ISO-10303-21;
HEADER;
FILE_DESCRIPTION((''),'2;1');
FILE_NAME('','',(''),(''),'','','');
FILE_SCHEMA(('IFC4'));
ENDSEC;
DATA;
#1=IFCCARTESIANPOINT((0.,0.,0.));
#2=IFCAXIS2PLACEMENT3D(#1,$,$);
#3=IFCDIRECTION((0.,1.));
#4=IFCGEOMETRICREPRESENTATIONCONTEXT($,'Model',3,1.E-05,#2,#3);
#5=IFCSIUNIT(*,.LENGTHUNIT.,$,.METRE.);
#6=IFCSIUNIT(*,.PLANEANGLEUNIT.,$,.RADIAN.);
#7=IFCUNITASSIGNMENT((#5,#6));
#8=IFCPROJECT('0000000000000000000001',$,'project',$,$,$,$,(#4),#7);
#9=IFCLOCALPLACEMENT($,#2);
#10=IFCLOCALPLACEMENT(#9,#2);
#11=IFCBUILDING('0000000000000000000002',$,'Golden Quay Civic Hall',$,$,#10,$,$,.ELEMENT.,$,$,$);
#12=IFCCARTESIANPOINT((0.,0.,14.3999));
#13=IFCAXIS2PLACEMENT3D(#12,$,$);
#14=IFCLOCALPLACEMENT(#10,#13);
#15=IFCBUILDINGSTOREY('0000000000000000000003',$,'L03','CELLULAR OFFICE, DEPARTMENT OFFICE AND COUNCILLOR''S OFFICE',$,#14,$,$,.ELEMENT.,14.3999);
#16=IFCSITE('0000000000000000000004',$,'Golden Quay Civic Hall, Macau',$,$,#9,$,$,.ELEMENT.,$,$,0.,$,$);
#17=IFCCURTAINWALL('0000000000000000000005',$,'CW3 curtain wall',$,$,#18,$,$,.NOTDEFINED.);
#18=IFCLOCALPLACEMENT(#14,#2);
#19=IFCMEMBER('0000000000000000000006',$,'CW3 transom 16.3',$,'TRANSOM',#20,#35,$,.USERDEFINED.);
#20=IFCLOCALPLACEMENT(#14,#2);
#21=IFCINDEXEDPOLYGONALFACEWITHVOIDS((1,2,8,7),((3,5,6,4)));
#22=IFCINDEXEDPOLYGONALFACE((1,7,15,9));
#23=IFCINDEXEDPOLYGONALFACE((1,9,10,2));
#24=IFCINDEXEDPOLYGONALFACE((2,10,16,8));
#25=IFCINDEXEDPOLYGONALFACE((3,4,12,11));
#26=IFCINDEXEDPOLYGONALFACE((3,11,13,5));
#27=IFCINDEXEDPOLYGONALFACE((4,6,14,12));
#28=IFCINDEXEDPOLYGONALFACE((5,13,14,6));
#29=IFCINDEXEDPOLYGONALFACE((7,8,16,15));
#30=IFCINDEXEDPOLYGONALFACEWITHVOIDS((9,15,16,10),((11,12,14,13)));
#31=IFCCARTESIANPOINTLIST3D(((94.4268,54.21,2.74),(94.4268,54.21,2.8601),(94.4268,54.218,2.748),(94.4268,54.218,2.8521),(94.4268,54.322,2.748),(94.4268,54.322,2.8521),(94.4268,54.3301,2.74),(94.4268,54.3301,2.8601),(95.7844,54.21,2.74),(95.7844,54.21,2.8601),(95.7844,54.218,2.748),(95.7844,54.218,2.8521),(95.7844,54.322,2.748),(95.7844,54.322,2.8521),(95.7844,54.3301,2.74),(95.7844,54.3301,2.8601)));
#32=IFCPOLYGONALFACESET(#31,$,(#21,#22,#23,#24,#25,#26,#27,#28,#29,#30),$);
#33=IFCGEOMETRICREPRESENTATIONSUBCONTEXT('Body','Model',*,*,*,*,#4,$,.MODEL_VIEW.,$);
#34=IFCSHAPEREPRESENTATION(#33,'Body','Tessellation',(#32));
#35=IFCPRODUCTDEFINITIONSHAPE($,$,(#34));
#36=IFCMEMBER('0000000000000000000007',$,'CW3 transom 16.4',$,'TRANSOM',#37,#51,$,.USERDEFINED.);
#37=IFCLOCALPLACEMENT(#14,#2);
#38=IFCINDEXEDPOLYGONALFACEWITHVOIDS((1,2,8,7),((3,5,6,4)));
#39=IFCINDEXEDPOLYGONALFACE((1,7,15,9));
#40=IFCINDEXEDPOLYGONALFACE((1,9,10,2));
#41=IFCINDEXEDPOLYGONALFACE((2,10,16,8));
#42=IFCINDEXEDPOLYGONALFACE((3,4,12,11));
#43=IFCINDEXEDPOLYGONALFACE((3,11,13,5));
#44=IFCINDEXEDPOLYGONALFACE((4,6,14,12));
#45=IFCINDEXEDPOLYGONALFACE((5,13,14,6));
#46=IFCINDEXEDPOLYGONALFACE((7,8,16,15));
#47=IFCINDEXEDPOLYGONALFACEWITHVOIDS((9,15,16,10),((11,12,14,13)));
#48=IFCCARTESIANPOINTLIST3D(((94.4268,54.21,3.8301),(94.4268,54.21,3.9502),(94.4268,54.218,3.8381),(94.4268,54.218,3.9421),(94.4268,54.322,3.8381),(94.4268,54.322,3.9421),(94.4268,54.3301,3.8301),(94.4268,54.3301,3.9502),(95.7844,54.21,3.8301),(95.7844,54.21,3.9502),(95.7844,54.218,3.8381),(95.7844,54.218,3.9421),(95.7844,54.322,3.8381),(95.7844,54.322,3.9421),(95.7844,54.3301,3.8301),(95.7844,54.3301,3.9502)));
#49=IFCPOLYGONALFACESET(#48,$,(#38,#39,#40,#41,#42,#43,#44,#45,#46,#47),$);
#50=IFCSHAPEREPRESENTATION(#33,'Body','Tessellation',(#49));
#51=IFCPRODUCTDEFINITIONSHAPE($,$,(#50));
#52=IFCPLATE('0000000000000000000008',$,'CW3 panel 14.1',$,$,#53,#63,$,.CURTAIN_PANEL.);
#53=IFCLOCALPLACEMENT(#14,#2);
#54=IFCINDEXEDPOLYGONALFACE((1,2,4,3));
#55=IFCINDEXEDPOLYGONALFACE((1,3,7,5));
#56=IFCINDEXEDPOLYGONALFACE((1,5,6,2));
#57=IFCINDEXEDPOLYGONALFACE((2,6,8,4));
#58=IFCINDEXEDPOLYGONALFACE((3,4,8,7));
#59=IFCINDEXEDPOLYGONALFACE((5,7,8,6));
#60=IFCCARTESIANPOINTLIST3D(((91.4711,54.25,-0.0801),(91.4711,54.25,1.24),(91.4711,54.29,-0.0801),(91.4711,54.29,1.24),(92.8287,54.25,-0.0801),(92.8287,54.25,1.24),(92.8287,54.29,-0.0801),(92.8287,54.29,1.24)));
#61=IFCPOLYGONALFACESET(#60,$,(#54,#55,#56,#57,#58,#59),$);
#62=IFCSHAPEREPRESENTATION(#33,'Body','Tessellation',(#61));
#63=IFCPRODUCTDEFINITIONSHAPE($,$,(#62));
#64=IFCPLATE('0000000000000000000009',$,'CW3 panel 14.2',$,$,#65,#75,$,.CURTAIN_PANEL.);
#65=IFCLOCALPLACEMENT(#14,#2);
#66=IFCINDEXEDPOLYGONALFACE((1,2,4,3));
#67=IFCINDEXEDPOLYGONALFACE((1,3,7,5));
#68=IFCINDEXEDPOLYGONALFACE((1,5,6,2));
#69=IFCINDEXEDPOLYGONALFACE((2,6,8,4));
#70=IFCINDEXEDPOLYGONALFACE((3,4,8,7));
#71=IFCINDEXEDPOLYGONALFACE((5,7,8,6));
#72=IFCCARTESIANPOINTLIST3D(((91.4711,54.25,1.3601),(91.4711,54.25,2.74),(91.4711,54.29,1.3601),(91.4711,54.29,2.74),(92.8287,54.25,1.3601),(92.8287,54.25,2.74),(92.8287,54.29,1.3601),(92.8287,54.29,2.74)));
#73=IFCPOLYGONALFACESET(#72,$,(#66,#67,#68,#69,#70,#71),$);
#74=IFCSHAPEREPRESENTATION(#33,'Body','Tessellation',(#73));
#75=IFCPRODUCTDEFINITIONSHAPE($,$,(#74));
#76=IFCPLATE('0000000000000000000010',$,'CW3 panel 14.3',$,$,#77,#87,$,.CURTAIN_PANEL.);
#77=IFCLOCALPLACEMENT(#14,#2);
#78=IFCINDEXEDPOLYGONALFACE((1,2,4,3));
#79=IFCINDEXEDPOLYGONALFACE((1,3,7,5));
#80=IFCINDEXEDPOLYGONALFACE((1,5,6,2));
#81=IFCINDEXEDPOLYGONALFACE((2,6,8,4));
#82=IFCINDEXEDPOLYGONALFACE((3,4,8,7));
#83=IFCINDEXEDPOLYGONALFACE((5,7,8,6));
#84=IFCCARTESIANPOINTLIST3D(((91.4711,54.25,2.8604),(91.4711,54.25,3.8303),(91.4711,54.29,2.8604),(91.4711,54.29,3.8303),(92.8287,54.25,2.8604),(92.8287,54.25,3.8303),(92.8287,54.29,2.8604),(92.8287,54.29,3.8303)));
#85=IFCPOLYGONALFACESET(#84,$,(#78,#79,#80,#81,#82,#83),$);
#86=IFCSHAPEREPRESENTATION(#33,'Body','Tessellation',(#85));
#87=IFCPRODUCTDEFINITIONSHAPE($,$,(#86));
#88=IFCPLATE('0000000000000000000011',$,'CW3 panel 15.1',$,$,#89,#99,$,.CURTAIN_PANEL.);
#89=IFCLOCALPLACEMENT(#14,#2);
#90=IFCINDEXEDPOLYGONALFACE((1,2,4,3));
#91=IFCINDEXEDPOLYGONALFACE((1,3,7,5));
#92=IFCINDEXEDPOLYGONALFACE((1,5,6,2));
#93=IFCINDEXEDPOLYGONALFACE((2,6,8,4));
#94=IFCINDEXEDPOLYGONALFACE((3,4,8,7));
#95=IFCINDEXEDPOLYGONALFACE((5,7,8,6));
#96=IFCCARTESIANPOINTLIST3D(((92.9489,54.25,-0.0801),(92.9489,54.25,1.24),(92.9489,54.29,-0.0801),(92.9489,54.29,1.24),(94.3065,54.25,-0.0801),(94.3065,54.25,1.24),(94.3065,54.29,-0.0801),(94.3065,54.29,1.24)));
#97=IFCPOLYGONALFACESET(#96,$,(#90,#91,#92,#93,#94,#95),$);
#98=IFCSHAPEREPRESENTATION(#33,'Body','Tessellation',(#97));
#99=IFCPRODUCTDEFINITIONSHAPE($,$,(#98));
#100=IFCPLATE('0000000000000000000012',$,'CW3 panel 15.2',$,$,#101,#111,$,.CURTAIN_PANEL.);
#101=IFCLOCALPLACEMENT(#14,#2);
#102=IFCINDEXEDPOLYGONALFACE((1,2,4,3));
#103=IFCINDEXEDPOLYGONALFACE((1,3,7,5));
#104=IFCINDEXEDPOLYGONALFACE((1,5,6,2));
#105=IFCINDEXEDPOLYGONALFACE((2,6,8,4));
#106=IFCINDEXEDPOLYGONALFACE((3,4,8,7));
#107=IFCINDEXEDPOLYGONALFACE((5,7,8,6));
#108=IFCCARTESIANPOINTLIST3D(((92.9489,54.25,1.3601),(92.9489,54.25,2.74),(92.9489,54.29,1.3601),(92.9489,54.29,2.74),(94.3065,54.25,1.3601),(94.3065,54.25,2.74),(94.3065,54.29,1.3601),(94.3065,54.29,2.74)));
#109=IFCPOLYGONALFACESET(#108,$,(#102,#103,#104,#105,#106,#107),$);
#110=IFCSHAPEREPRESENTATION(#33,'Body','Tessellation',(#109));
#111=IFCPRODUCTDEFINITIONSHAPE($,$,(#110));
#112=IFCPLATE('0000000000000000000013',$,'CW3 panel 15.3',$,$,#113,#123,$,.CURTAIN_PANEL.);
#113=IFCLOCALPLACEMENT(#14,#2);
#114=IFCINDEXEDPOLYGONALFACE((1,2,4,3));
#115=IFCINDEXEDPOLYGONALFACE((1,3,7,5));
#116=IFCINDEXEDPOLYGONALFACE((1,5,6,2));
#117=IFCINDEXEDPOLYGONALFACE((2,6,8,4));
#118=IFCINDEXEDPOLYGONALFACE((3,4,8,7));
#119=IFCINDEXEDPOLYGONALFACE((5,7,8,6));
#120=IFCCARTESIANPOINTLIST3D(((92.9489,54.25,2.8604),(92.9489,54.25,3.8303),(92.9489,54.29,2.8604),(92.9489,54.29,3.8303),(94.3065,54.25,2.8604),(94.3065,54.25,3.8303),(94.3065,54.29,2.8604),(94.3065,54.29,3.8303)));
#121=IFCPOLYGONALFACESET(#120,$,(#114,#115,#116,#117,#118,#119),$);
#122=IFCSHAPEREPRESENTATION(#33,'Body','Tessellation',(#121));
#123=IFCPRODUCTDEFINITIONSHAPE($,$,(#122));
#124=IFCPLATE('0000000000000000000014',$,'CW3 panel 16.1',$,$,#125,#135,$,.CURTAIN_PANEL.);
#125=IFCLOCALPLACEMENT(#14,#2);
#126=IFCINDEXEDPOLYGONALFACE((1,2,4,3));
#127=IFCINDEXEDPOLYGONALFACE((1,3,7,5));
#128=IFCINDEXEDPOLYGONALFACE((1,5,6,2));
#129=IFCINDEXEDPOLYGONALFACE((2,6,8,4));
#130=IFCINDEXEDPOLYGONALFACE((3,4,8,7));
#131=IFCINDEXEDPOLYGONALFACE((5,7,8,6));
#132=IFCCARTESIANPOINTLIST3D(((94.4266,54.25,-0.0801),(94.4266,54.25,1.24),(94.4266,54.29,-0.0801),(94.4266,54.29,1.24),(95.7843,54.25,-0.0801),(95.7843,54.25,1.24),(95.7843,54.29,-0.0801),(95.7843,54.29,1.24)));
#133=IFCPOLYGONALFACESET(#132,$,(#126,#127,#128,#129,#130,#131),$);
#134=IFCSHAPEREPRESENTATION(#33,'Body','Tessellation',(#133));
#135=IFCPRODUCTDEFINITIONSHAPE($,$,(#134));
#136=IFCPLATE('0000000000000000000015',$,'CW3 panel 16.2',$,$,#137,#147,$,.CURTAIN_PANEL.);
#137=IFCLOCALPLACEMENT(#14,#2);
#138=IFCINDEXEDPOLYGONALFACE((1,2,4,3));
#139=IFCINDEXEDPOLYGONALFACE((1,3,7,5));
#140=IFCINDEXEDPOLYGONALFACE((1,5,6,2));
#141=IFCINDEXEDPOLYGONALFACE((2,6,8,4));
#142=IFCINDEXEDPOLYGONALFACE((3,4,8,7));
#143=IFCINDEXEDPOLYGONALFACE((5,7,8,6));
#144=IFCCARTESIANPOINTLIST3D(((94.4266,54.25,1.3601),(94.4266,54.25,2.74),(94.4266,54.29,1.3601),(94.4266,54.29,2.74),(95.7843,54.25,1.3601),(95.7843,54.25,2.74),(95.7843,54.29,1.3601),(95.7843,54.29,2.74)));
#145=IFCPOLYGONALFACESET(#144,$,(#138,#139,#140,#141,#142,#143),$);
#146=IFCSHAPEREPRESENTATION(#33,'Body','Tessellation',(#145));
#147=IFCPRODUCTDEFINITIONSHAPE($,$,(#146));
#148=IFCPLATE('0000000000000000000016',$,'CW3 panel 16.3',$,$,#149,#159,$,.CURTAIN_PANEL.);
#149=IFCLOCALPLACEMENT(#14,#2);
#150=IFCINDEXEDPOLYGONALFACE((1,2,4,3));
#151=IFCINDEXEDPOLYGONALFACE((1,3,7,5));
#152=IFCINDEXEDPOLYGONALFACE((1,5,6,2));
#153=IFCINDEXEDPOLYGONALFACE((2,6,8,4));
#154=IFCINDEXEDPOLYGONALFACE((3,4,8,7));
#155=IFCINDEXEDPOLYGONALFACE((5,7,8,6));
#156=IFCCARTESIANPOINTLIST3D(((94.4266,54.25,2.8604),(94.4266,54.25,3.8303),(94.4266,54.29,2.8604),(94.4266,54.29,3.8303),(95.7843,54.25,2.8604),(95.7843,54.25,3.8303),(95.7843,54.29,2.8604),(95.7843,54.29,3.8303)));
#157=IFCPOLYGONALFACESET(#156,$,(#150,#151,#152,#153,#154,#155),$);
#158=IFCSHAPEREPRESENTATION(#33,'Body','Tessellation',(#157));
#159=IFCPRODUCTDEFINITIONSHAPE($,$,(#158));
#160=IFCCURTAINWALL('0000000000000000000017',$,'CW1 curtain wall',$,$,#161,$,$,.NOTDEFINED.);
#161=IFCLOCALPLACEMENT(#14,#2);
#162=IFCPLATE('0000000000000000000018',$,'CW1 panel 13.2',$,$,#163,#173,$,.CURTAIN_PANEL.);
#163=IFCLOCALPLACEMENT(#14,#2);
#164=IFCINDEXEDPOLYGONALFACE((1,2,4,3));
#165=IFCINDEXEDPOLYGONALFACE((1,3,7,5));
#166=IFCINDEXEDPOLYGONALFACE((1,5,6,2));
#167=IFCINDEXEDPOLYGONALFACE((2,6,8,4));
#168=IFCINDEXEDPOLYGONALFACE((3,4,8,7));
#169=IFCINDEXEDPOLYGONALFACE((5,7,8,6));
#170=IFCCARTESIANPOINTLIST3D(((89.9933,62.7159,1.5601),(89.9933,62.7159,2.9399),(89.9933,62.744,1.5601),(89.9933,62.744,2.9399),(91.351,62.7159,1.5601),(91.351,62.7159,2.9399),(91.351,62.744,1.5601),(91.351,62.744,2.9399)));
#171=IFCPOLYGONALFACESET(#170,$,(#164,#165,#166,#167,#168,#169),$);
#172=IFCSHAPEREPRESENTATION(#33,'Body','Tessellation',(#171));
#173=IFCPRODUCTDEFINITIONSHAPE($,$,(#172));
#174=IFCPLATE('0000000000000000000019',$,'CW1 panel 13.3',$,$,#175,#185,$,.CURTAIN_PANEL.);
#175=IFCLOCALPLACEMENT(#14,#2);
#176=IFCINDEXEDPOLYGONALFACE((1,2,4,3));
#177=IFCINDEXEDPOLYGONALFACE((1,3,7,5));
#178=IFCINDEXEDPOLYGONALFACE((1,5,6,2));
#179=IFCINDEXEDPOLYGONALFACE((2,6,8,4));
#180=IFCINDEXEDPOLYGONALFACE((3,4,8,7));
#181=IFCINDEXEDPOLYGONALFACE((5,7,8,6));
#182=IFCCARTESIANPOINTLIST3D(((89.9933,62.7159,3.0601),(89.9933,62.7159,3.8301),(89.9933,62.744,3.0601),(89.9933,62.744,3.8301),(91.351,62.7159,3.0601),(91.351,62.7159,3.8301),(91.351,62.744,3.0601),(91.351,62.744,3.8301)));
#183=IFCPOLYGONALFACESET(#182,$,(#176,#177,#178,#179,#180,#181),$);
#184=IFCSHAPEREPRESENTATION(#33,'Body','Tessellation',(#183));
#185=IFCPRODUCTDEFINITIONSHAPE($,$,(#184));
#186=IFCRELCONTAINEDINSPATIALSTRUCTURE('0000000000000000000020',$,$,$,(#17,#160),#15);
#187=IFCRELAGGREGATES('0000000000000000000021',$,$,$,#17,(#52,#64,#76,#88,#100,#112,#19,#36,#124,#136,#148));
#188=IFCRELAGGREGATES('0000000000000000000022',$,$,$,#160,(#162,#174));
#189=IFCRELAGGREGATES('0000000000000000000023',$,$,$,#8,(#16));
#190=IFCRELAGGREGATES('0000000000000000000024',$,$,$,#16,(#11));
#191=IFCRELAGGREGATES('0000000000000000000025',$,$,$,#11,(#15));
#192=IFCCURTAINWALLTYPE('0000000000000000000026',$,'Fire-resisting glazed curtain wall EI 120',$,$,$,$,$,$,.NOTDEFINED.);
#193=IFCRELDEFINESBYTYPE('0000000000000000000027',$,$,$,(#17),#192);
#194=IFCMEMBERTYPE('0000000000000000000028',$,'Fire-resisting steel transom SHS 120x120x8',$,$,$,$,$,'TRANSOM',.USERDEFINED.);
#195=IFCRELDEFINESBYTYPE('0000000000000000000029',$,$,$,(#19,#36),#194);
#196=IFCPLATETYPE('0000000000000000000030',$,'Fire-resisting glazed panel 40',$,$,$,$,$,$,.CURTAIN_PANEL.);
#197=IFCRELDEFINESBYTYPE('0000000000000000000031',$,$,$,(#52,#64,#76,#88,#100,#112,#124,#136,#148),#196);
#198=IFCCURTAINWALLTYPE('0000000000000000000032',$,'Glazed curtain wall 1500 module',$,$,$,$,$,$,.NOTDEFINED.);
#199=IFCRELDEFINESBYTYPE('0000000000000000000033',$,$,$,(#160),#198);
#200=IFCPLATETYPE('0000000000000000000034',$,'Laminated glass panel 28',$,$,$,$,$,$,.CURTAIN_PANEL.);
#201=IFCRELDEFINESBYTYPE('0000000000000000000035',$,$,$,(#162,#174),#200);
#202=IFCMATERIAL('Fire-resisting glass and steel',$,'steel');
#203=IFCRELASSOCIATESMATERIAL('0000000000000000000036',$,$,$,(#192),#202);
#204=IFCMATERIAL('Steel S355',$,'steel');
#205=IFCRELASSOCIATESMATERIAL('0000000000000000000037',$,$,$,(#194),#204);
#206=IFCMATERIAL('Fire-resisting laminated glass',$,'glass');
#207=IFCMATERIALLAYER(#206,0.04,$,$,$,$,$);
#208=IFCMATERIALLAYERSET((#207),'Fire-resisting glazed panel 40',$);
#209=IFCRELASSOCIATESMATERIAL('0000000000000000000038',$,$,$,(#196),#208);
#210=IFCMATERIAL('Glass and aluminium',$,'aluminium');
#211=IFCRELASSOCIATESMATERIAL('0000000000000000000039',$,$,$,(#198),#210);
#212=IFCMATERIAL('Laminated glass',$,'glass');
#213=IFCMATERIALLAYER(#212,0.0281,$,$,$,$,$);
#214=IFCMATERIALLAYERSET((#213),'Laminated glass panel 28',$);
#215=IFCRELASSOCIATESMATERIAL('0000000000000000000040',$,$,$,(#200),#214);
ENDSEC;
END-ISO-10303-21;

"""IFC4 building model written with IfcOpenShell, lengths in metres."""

from ifc_helpers import new_model, si_unit, direction, frame, origin, origin_2d, place, context, subcontext, project, spatial, rectangle, hollow_rectangle, extrude, material, layer, layer_set, material_profile, profile_set, type_object, element, aggregate, save


model = new_model("IFC4")

# Units and contexts
model_context = context("Model", 3, precision=1e-05, world=origin(), true_north=direction((0.0, 1.0)))
body_context = subcontext(model_context, "Body", "Model", "MODEL_VIEW")
ifc_project = project(units=[si_unit("LENGTHUNIT", "METRE"), si_unit("PLANEANGLEUNIT", "RADIAN")], contexts=[model_context])

# Site, building, storey
site_placement = place(None, origin())
site = spatial("IfcSite", under=ifc_project, at=site_placement, Name="Golden Quay Civic Hall, Macau", CompositionType="ELEMENT", RefElevation=0.0)
building_placement = place(site_placement, origin())
building = spatial("IfcBuilding", under=site, at=building_placement, Name="Golden Quay Civic Hall", CompositionType="ELEMENT")
storey_placement = place(building_placement, frame((0.0, 0.0, 14.3999)))
storey = spatial("IfcBuildingStorey", under=building, at=storey_placement, Name="L03", Description="CELLULAR OFFICE, DEPARTMENT OFFICE AND COUNCILLOR'S OFFICE", CompositionType="ELEMENT", Elevation=14.3999)

# Curtain wall, members, plates
ifc_material_1 = material(Name="Fire-resisting glass and steel", Category="steel")
curtain_wall_type_1 = type_object("IfcCurtainWallType", Name="Fire-resisting glazed curtain wall EI 120", PredefinedType="NOTDEFINED", material=ifc_material_1)
curtain_wall_1_placement = place(storey_placement, origin())
curtain_wall_1 = element("IfcCurtainWall", 1, at=curtain_wall_1_placement, inside=storey, type_object=curtain_wall_type_1, Name="CW3 curtain wall", PredefinedType="NOTDEFINED")
ifc_material_2 = material(Name="Steel S355", Category="steel")
ifc_material_profile_1 = material_profile(ifc_material_2, hollow_rectangle(XDim=0.1201, YDim=0.1201, WallThickness=0.0081, at=origin_2d()), Name="SHS 120x120x8")
ifc_profile_set_1 = profile_set([ifc_material_profile_1], Name="Steel S355")
member_type_1 = type_object("IfcMemberType", Name="Fire-resisting steel transom SHS 120x120x8", ElementType="TRANSOM", PredefinedType="USERDEFINED", material=ifc_profile_set_1)
member_1_placement = place(storey_placement, frame((94.4268, 54.27, 2.8), z_axis=(1.0, 0.0, 0.0), x_axis=(0.0, 1.0, 0.0)))
member_1 = element("IfcMember", 2, at=member_1_placement, type_object=member_type_1, Name="CW3 transom 16.3", ObjectType="TRANSOM", PredefinedType="USERDEFINED", context=body_context, shape_type="SweptSolid", body=[
    extrude(hollow_rectangle(XDim=0.1201, YDim=0.1201, WallThickness=0.0081, at=origin_2d()), origin(), (0.0, 0.0, 1.0), 1.3577),
])
member_2_placement = place(storey_placement, frame((94.4268, 54.27, 3.8901), z_axis=(1.0, 0.0, 0.0), x_axis=(0.0, 1.0, 0.0)))
member_2 = element("IfcMember", 3, at=member_2_placement, type_object=member_type_1, Name="CW3 transom 16.4", ObjectType="TRANSOM", PredefinedType="USERDEFINED", context=body_context, shape_type="SweptSolid", body=[
    extrude(hollow_rectangle(XDim=0.1201, YDim=0.1201, WallThickness=0.0081, at=origin_2d()), origin(), (0.0, 0.0, 1.0), 1.3577),
])
ifc_material_3 = material(Name="Fire-resisting laminated glass", Category="glass")
ifc_layer_1 = layer(ifc_material_3, 0.04)
ifc_layer_set_1 = layer_set([ifc_layer_1], Name="Fire-resisting glazed panel 40")
plate_type_1 = type_object("IfcPlateType", Name="Fire-resisting glazed panel 40", PredefinedType="CURTAIN_PANEL", material=ifc_layer_set_1)
plate_1_placement = place(storey_placement, frame((92.1499, 54.27, -0.0801), z_axis=(0.0, 0.0, 1.0), x_axis=(1.0, 0.0, 0.0)))
plate_1 = element("IfcPlate", 4, at=plate_1_placement, type_object=plate_type_1, Name="CW3 panel 14.1", PredefinedType="CURTAIN_PANEL", context=body_context, shape_type="SweptSolid", body=[
    extrude(rectangle(XDim=1.3577, YDim=0.04, at=origin_2d()), origin(), (0.0, 0.0, 1.0), 1.3201),
])
plate_2_placement = place(storey_placement, frame((92.1499, 54.27, 1.3601), z_axis=(0.0, 0.0, 1.0), x_axis=(1.0, 0.0, 0.0)))
plate_2 = element("IfcPlate", 5, at=plate_2_placement, type_object=plate_type_1, Name="CW3 panel 14.2", PredefinedType="CURTAIN_PANEL", context=body_context, shape_type="SweptSolid", body=[
    extrude(rectangle(XDim=1.3577, YDim=0.04, at=origin_2d()), origin(), (0.0, 0.0, 1.0), 1.3799),
])
plate_3_placement = place(storey_placement, frame((92.1499, 54.27, 2.8604), z_axis=(0.0, 0.0, 1.0), x_axis=(1.0, 0.0, 0.0)))
plate_3 = element("IfcPlate", 6, at=plate_3_placement, type_object=plate_type_1, Name="CW3 panel 14.3", PredefinedType="CURTAIN_PANEL", context=body_context, shape_type="SweptSolid", body=[
    extrude(rectangle(XDim=1.3577, YDim=0.04, at=origin_2d()), origin(), (0.0, 0.0, 1.0), 0.97),
])
plate_4_placement = place(storey_placement, frame((93.6277, 54.27, -0.0801), z_axis=(0.0, 0.0, 1.0), x_axis=(1.0, 0.0, 0.0)))
plate_4 = element("IfcPlate", 7, at=plate_4_placement, type_object=plate_type_1, Name="CW3 panel 15.1", PredefinedType="CURTAIN_PANEL", context=body_context, shape_type="SweptSolid", body=[
    extrude(rectangle(XDim=1.3577, YDim=0.04, at=origin_2d()), origin(), (0.0, 0.0, 1.0), 1.3201),
])
plate_5_placement = place(storey_placement, frame((93.6277, 54.27, 1.3601), z_axis=(0.0, 0.0, 1.0), x_axis=(1.0, 0.0, 0.0)))
plate_5 = element("IfcPlate", 8, at=plate_5_placement, type_object=plate_type_1, Name="CW3 panel 15.2", PredefinedType="CURTAIN_PANEL", context=body_context, shape_type="SweptSolid", body=[
    extrude(rectangle(XDim=1.3577, YDim=0.04, at=origin_2d()), origin(), (0.0, 0.0, 1.0), 1.3799),
])
plate_6_placement = place(storey_placement, frame((93.6277, 54.27, 2.8604), z_axis=(0.0, 0.0, 1.0), x_axis=(1.0, 0.0, 0.0)))
plate_6 = element("IfcPlate", 9, at=plate_6_placement, type_object=plate_type_1, Name="CW3 panel 15.3", PredefinedType="CURTAIN_PANEL", context=body_context, shape_type="SweptSolid", body=[
    extrude(rectangle(XDim=1.3577, YDim=0.04, at=origin_2d()), origin(), (0.0, 0.0, 1.0), 0.97),
])
plate_7_placement = place(storey_placement, frame((95.1055, 54.27, -0.0801), z_axis=(0.0, 0.0, 1.0), x_axis=(1.0, 0.0, 0.0)))
plate_7 = element("IfcPlate", 10, at=plate_7_placement, type_object=plate_type_1, Name="CW3 panel 16.1", PredefinedType="CURTAIN_PANEL", context=body_context, shape_type="SweptSolid", body=[
    extrude(rectangle(XDim=1.3577, YDim=0.04, at=origin_2d()), origin(), (0.0, 0.0, 1.0), 1.3201),
])
plate_8_placement = place(storey_placement, frame((95.1055, 54.27, 1.3601), z_axis=(0.0, 0.0, 1.0), x_axis=(1.0, 0.0, 0.0)))
plate_8 = element("IfcPlate", 11, at=plate_8_placement, type_object=plate_type_1, Name="CW3 panel 16.2", PredefinedType="CURTAIN_PANEL", context=body_context, shape_type="SweptSolid", body=[
    extrude(rectangle(XDim=1.3577, YDim=0.04, at=origin_2d()), origin(), (0.0, 0.0, 1.0), 1.3799),
])
plate_9_placement = place(storey_placement, frame((95.1055, 54.27, 2.8604), z_axis=(0.0, 0.0, 1.0), x_axis=(1.0, 0.0, 0.0)))
plate_9 = element("IfcPlate", 12, at=plate_9_placement, type_object=plate_type_1, Name="CW3 panel 16.3", PredefinedType="CURTAIN_PANEL", context=body_context, shape_type="SweptSolid", body=[
    extrude(rectangle(XDim=1.3577, YDim=0.04, at=origin_2d()), origin(), (0.0, 0.0, 1.0), 0.97),
])
aggregate(curtain_wall_1, [plate_1, plate_2, plate_3, plate_4, plate_5, plate_6, member_1, member_2, plate_7, plate_8, plate_9])

# Curtain wall, plates
ifc_material_4 = material(Name="Glass and aluminium", Category="aluminium")
curtain_wall_type_2 = type_object("IfcCurtainWallType", Name="Glazed curtain wall 1500 module", PredefinedType="NOTDEFINED", material=ifc_material_4)
curtain_wall_2_placement = place(storey_placement, origin())
curtain_wall_2 = element("IfcCurtainWall", 13, at=curtain_wall_2_placement, inside=storey, type_object=curtain_wall_type_2, Name="CW1 curtain wall", PredefinedType="NOTDEFINED")
ifc_material_5 = material(Name="Laminated glass", Category="glass")
ifc_layer_2 = layer(ifc_material_5, 0.0281)
ifc_layer_set_2 = layer_set([ifc_layer_2], Name="Laminated glass panel 28")
plate_type_2 = type_object("IfcPlateType", Name="Laminated glass panel 28", PredefinedType="CURTAIN_PANEL", material=ifc_layer_set_2)
plate_10_placement = place(storey_placement, frame((90.6721, 62.73, 1.5601), z_axis=(0.0, 0.0, 1.0), x_axis=(1.0, 0.0, 0.0)))
plate_10 = element("IfcPlate", 14, at=plate_10_placement, type_object=plate_type_2, Name="CW1 panel 13.2", PredefinedType="CURTAIN_PANEL", context=body_context, shape_type="SweptSolid", body=[
    extrude(rectangle(XDim=1.3577, YDim=0.0281, at=origin_2d()), origin(), (0.0, 0.0, 1.0), 1.3799),
])
plate_11_placement = place(storey_placement, frame((90.6721, 62.73, 3.0601), z_axis=(0.0, 0.0, 1.0), x_axis=(1.0, 0.0, 0.0)))
plate_11 = element("IfcPlate", 15, at=plate_11_placement, type_object=plate_type_2, Name="CW1 panel 13.3", PredefinedType="CURTAIN_PANEL", context=body_context, shape_type="SweptSolid", body=[
    extrude(rectangle(XDim=1.3577, YDim=0.0281, at=origin_2d()), origin(), (0.0, 0.0, 1.0), 0.77),
])
aggregate(curtain_wall_2, [plate_10, plate_11])

save(model, "model.ifc")
